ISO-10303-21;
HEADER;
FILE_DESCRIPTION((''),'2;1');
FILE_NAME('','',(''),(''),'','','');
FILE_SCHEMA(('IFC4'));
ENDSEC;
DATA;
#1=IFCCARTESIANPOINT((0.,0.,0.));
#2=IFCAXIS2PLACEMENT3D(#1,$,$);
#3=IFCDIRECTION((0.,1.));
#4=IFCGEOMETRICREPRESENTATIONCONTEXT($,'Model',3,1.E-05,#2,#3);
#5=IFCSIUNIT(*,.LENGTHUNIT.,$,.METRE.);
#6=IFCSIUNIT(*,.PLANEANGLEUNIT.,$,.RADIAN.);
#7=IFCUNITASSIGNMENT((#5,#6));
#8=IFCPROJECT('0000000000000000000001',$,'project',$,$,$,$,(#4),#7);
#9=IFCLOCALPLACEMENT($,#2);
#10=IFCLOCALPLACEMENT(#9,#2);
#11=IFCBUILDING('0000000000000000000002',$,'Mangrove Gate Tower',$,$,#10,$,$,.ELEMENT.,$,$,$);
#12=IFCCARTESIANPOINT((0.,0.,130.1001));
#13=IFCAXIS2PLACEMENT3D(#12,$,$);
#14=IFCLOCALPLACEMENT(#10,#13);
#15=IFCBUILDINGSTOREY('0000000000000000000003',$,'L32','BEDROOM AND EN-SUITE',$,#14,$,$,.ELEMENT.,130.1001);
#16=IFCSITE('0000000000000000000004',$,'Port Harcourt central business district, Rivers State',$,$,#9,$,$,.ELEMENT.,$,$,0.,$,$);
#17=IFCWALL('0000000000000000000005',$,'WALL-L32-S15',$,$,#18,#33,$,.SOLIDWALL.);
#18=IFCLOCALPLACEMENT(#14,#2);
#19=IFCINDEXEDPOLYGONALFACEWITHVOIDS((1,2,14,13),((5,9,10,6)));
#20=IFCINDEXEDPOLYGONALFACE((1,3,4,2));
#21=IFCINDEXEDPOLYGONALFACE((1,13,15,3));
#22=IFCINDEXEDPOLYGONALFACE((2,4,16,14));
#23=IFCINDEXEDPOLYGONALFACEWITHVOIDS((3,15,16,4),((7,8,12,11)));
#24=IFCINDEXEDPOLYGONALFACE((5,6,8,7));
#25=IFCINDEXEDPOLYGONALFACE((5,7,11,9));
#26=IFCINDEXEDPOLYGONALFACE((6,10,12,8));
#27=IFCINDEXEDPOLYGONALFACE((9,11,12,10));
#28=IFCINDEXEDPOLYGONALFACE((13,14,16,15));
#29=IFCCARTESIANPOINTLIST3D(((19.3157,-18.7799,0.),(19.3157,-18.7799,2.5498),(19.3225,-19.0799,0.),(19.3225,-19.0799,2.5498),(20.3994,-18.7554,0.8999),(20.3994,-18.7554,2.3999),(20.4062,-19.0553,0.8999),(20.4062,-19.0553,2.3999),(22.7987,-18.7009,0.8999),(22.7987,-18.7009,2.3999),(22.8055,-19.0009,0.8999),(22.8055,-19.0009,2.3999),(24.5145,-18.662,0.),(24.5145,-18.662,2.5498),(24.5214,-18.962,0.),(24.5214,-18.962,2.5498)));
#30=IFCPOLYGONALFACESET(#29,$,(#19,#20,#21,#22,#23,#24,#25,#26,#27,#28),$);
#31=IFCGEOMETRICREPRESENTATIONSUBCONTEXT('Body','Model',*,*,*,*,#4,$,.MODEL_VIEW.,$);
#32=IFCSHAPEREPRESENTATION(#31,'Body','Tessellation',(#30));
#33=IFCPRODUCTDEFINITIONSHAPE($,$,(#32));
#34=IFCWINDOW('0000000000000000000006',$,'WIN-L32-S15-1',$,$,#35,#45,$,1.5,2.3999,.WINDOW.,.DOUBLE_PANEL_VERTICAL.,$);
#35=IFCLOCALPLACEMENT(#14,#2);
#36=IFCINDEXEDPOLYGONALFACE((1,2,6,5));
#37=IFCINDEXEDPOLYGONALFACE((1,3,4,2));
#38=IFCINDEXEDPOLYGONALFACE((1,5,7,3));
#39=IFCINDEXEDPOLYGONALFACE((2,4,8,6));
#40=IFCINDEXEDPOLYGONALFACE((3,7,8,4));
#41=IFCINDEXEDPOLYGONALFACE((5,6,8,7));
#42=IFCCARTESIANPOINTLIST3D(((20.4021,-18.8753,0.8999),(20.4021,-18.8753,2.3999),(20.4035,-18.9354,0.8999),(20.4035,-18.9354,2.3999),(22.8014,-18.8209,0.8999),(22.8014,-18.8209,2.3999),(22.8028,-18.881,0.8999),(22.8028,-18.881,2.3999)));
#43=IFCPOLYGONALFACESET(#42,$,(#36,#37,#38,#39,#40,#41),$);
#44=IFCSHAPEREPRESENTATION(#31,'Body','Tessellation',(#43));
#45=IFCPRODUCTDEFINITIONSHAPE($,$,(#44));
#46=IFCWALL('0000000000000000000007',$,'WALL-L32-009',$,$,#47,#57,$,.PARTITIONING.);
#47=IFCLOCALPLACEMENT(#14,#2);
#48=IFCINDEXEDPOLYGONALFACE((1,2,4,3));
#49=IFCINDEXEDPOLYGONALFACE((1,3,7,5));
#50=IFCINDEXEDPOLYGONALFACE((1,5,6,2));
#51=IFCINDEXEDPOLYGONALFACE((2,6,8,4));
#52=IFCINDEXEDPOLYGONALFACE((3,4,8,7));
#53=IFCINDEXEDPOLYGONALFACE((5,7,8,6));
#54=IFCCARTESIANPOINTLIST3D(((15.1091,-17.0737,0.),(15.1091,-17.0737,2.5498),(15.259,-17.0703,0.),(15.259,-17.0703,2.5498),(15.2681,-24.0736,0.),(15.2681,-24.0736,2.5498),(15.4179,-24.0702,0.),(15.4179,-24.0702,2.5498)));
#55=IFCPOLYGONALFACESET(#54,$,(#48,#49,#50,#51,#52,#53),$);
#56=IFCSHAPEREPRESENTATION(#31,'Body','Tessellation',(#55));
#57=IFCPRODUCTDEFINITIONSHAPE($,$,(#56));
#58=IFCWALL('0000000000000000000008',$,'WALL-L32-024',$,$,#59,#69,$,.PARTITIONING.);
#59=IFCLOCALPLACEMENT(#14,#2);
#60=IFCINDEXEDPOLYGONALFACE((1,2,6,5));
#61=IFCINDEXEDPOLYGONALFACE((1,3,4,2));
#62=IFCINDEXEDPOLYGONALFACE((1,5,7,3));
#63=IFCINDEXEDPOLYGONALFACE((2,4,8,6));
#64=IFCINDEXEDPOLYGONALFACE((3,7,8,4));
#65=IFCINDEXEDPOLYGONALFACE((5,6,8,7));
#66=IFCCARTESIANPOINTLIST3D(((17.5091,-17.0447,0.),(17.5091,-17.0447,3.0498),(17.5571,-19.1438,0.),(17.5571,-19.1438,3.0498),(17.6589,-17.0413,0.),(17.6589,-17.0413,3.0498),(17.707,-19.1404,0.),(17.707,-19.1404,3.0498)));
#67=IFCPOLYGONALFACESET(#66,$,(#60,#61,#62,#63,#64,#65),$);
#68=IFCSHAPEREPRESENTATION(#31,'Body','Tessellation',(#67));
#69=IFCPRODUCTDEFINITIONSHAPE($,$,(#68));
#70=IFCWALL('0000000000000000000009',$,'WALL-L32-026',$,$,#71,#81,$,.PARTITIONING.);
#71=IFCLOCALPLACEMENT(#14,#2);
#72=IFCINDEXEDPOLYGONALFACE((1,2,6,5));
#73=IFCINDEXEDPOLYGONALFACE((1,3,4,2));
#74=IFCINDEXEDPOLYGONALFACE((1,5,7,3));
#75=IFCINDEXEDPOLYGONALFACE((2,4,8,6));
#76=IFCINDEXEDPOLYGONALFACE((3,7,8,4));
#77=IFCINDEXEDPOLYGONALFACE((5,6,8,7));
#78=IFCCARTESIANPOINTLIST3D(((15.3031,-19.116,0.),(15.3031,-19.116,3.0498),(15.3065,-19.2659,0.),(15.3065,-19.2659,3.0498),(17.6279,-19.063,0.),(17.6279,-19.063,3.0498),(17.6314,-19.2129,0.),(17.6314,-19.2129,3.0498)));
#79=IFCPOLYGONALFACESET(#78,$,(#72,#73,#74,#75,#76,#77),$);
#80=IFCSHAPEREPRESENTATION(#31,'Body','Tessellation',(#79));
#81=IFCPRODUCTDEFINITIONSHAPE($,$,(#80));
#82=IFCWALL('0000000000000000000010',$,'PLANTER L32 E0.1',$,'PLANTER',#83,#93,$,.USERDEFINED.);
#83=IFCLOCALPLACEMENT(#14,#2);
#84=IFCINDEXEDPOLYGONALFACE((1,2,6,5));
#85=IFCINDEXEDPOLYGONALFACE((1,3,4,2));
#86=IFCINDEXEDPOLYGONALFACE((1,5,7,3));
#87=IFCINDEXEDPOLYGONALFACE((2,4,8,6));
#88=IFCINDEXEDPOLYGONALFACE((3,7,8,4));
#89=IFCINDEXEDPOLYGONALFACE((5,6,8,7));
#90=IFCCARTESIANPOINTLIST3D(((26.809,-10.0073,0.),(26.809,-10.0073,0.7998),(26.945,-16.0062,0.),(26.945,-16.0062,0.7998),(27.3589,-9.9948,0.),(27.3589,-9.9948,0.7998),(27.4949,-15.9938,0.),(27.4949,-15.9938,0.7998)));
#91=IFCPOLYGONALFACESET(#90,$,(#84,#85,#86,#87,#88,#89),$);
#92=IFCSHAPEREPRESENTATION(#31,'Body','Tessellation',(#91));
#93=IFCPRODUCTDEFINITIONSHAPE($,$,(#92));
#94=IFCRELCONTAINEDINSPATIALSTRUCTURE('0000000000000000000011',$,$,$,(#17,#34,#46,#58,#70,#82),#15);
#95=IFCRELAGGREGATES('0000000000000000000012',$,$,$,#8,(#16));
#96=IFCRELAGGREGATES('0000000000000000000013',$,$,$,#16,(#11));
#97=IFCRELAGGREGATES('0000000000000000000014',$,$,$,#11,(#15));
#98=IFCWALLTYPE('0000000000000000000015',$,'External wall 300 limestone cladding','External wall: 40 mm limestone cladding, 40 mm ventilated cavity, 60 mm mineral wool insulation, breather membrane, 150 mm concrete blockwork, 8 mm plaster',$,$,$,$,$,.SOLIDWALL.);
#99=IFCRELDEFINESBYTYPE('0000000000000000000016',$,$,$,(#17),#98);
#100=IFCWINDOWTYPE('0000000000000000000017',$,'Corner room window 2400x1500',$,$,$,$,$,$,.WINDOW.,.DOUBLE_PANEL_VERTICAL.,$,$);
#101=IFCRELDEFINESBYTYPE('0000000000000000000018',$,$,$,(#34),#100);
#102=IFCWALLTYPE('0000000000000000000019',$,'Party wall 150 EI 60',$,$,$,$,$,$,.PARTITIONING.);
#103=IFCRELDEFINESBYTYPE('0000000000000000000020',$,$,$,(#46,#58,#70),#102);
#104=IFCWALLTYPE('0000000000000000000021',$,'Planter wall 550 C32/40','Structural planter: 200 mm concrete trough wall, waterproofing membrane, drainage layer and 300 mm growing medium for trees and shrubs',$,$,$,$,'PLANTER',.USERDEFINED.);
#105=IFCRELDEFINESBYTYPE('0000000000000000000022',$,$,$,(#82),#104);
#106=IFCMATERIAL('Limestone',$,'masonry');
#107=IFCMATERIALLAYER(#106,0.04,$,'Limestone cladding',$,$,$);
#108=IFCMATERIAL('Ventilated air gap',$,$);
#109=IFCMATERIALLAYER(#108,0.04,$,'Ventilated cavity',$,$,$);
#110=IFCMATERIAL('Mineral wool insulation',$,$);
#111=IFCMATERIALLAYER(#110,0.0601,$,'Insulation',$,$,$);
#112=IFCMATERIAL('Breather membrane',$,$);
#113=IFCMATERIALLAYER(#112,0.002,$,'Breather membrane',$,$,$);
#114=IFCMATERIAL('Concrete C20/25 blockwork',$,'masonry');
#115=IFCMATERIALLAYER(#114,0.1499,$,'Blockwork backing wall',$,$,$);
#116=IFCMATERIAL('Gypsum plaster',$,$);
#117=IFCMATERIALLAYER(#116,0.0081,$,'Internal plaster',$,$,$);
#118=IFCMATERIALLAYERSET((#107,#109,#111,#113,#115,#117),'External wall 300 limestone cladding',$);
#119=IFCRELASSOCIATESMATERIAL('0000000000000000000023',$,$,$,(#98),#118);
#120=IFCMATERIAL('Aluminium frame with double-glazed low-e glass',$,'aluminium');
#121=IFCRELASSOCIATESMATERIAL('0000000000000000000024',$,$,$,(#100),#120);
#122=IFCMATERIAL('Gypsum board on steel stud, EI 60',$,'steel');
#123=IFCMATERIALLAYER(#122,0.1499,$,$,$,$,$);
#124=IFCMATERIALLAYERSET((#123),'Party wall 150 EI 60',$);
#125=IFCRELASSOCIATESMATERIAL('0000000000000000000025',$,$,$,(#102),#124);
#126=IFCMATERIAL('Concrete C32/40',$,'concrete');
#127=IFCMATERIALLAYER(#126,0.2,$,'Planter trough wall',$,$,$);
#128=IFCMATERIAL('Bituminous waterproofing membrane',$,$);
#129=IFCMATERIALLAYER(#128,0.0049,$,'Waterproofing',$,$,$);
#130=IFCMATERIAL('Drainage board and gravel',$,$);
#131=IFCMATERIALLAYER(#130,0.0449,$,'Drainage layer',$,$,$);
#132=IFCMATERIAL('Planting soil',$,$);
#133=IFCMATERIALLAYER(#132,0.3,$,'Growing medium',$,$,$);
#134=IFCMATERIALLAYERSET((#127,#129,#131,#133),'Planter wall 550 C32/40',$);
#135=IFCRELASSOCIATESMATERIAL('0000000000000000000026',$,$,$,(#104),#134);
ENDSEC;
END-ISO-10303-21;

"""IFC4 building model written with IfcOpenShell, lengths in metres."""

from ifc_helpers import new_model, si_unit, direction, frame, frame_2d, origin, place, context, subcontext, project, spatial, rectangle, extrude, material, layer, layer_set, type_object, element, fill, save


model = new_model("IFC4")

# Units and contexts
model_context = context("Model", 3, precision=1e-05, world=origin(), true_north=direction((0.0, 1.0)))
body_context = subcontext(model_context, "Body", "Model", "MODEL_VIEW")
ifc_project = project(units=[si_unit("LENGTHUNIT", "METRE"), si_unit("PLANEANGLEUNIT", "RADIAN")], contexts=[model_context])

# Site, building, storey
site_placement = place(None, origin())
site = spatial("IfcSite", under=ifc_project, at=site_placement, Name="Port Harcourt central business district, Rivers State", CompositionType="ELEMENT", RefElevation=0.0)
building_placement = place(site_placement, origin())
building = spatial("IfcBuilding", under=site, at=building_placement, Name="Mangrove Gate Tower", CompositionType="ELEMENT")
storey_placement = place(building_placement, frame((0.0, 0.0, 130.1001)))
storey = spatial("IfcBuildingStorey", under=building, at=storey_placement, Name="L32", Description="BEDROOM AND EN-SUITE", CompositionType="ELEMENT", Elevation=130.1001)

# Shared definitions
ifc_material_1 = material(Name="Limestone", Category="masonry")
ifc_layer_1 = layer(ifc_material_1, 0.04, Name="Limestone cladding")
ifc_material_2 = material(Name="Ventilated air gap")
ifc_layer_2 = layer(ifc_material_2, 0.04, Name="Ventilated cavity")
ifc_material_3 = material(Name="Mineral wool insulation")
ifc_layer_3 = layer(ifc_material_3, 0.0601, Name="Insulation")
ifc_material_4 = material(Name="Breather membrane")
ifc_layer_4 = layer(ifc_material_4, 0.002, Name="Breather membrane")
ifc_material_5 = material(Name="Concrete C20/25 blockwork", Category="masonry")
ifc_layer_5 = layer(ifc_material_5, 0.1499, Name="Blockwork backing wall")
ifc_material_6 = material(Name="Gypsum plaster")
ifc_layer_6 = layer(ifc_material_6, 0.0081, Name="Internal plaster")
ifc_layer_set_1 = layer_set([ifc_layer_1, ifc_layer_2, ifc_layer_3, ifc_layer_4, ifc_layer_5, ifc_layer_6], Name="External wall 300 limestone cladding")
wall_type_1 = type_object("IfcWallType", Name="External wall 300 limestone cladding", Description="External wall: 40 mm limestone cladding, 40 mm ventilated cavity, 60 mm mineral wool insulation, breather membrane, 150 mm concrete blockwork, 8 mm plaster", PredefinedType="SOLIDWALL", material=ifc_layer_set_1)

# Wall, opening, window
ifc_material_7 = material(Name="Aluminium frame with double-glazed low-e glass", Category="aluminium")
window_type_1 = type_object("IfcWindowType", Name="Corner room window 2400x1500", PartitioningType="DOUBLE_PANEL_VERTICAL", PredefinedType="WINDOW", material=ifc_material_7)
wall_1_placement = place(storey_placement, frame((19.3191, -18.9299, 0.0), z_axis=(0.0, 0.0, 1.0), x_axis=(0.999743, 0.022676, 0.0)))
wall_1 = element("IfcWall", 1, at=wall_1_placement, inside=storey, type_object=wall_type_1, Name="WALL-L32-S15", PredefinedType="SOLIDWALL", context=body_context, shape_type="SweptSolid", body=[
    extrude(rectangle(XDim=5.2002, YDim=0.3, at=frame_2d((2.6001, 0.0))), origin(), (0.0, 0.0, 1.0), 2.5498),
])
opening_1_placement = place(wall_1_placement, frame((1.084, 0.0, 0.8999)))
opening_1 = element("IfcOpeningElement", 2, at=opening_1_placement, cuts=wall_1, PredefinedType="OPENING", context=body_context, shape_type="SweptSolid", body=[
    extrude(rectangle(XDim=2.3999, YDim=1.5, at=frame_2d((1.2, 0.75))), frame((0.0, 0.1599, 0.0), z_axis=(0.0, -1.0, 0.0), x_axis=(1.0, 0.0, 0.0)), (0.0, 0.0, 1.0), 0.3201),
])
window_1_placement = place(opening_1_placement, origin())
window_1 = element("IfcWindow", 3, at=window_1_placement, inside=storey, type_object=window_type_1, Name="WIN-L32-S15-1", OverallHeight=1.5, OverallWidth=2.3999, PartitioningType="DOUBLE_PANEL_VERTICAL", PredefinedType="WINDOW", context=body_context, shape_type="SweptSolid", body=[
    extrude(rectangle(XDim=2.3999, YDim=1.5, at=frame_2d((1.2, 0.75))), frame((0.0, 0.03, 0.0), z_axis=(0.0, -1.0, 0.0), x_axis=(1.0, 0.0, 0.0)), (0.0, 0.0, 1.0), 0.0601),
])
fill(opening_1, window_1)

# Walls
ifc_material_8 = material(Name="Gypsum board on steel stud, EI 60", Category="steel")
ifc_layer_7 = layer(ifc_material_8, 0.1499)
ifc_layer_set_2 = layer_set([ifc_layer_7], Name="Party wall 150 EI 60")
wall_type_2 = type_object("IfcWallType", Name="Party wall 150 EI 60", PredefinedType="PARTITIONING", material=ifc_layer_set_2)
wall_2_placement = place(storey_placement, frame((15.343, -24.072, 0.0), z_axis=(0.0, 0.0, 1.0), x_axis=(-0.022699, 0.999742, 0.0)))
element("IfcWall", 4, at=wall_2_placement, inside=storey, type_object=wall_type_2, Name="WALL-L32-009", PredefinedType="PARTITIONING", context=body_context, shape_type="SweptSolid", body=[
    extrude(rectangle(XDim=7.0017, YDim=0.1499, at=frame_2d((3.501, 0.0))), origin(), (0.0, 0.0, 1.0), 2.5498),
])
wall_3_placement = place(storey_placement, frame((17.6321, -19.1421, 0.0), z_axis=(0.0, 0.0, 1.0), x_axis=(-0.022906, 0.999738, 0.0)))
element("IfcWall", 5, at=wall_3_placement, inside=storey, type_object=wall_type_2, Name="WALL-L32-024", PredefinedType="PARTITIONING", context=body_context, shape_type="SweptSolid", body=[
    extrude(rectangle(XDim=2.0996, YDim=0.1499, at=frame_2d((1.0498, 0.0))), origin(), (0.0, 0.0, 1.0), 3.0498),
])
wall_4_placement = place(storey_placement, frame((15.3049, -19.1909, 0.0), z_axis=(0.0, 0.0, 1.0), x_axis=(0.99974, 0.022781, 0.0)))
element("IfcWall", 6, at=wall_4_placement, inside=storey, type_object=wall_type_2, Name="WALL-L32-026", PredefinedType="PARTITIONING", context=body_context, shape_type="SweptSolid", body=[
    extrude(rectangle(XDim=2.3254, YDim=0.1499, at=frame_2d((1.1626, 0.0))), origin(), (0.0, 0.0, 1.0), 3.0498),
])
ifc_material_9 = material(Name="Concrete C32/40", Category="concrete")
ifc_layer_8 = layer(ifc_material_9, 0.2, Name="Planter trough wall")
ifc_material_10 = material(Name="Bituminous waterproofing membrane")
ifc_layer_9 = layer(ifc_material_10, 0.0049, Name="Waterproofing")
ifc_material_11 = material(Name="Drainage board and gravel")
ifc_layer_10 = layer(ifc_material_11, 0.0449, Name="Drainage layer")
ifc_material_12 = material(Name="Planting soil")
ifc_layer_11 = layer(ifc_material_12, 0.3, Name="Growing medium")
ifc_layer_set_3 = layer_set([ifc_layer_8, ifc_layer_9, ifc_layer_10, ifc_layer_11], Name="Planter wall 550 C32/40")
wall_type_3 = type_object("IfcWallType", Name="Planter wall 550 C32/40", Description="Structural planter: 200 mm concrete trough wall, waterproofing membrane, drainage layer and 300 mm growing medium for trees and shrubs", ElementType="PLANTER", PredefinedType="USERDEFINED", material=ifc_layer_set_3)
wall_5_placement = place(storey_placement, frame((27.22, -16.0, 0.0), z_axis=(0.0, 0.0, 1.0), x_axis=(-0.022662, 0.999743, 0.0)))
element("IfcWall", 7, at=wall_5_placement, inside=storey, type_object=wall_type_3, Name="PLANTER L32 E0.1", ObjectType="PLANTER", PredefinedType="USERDEFINED", context=body_context, shape_type="SweptSolid", body=[
    extrude(rectangle(XDim=6.0005, YDim=0.55, at=frame_2d((3.0002, 0.0))), origin(), (0.0, 0.0, 1.0), 0.7998),
])

save(model, "model.ifc")
